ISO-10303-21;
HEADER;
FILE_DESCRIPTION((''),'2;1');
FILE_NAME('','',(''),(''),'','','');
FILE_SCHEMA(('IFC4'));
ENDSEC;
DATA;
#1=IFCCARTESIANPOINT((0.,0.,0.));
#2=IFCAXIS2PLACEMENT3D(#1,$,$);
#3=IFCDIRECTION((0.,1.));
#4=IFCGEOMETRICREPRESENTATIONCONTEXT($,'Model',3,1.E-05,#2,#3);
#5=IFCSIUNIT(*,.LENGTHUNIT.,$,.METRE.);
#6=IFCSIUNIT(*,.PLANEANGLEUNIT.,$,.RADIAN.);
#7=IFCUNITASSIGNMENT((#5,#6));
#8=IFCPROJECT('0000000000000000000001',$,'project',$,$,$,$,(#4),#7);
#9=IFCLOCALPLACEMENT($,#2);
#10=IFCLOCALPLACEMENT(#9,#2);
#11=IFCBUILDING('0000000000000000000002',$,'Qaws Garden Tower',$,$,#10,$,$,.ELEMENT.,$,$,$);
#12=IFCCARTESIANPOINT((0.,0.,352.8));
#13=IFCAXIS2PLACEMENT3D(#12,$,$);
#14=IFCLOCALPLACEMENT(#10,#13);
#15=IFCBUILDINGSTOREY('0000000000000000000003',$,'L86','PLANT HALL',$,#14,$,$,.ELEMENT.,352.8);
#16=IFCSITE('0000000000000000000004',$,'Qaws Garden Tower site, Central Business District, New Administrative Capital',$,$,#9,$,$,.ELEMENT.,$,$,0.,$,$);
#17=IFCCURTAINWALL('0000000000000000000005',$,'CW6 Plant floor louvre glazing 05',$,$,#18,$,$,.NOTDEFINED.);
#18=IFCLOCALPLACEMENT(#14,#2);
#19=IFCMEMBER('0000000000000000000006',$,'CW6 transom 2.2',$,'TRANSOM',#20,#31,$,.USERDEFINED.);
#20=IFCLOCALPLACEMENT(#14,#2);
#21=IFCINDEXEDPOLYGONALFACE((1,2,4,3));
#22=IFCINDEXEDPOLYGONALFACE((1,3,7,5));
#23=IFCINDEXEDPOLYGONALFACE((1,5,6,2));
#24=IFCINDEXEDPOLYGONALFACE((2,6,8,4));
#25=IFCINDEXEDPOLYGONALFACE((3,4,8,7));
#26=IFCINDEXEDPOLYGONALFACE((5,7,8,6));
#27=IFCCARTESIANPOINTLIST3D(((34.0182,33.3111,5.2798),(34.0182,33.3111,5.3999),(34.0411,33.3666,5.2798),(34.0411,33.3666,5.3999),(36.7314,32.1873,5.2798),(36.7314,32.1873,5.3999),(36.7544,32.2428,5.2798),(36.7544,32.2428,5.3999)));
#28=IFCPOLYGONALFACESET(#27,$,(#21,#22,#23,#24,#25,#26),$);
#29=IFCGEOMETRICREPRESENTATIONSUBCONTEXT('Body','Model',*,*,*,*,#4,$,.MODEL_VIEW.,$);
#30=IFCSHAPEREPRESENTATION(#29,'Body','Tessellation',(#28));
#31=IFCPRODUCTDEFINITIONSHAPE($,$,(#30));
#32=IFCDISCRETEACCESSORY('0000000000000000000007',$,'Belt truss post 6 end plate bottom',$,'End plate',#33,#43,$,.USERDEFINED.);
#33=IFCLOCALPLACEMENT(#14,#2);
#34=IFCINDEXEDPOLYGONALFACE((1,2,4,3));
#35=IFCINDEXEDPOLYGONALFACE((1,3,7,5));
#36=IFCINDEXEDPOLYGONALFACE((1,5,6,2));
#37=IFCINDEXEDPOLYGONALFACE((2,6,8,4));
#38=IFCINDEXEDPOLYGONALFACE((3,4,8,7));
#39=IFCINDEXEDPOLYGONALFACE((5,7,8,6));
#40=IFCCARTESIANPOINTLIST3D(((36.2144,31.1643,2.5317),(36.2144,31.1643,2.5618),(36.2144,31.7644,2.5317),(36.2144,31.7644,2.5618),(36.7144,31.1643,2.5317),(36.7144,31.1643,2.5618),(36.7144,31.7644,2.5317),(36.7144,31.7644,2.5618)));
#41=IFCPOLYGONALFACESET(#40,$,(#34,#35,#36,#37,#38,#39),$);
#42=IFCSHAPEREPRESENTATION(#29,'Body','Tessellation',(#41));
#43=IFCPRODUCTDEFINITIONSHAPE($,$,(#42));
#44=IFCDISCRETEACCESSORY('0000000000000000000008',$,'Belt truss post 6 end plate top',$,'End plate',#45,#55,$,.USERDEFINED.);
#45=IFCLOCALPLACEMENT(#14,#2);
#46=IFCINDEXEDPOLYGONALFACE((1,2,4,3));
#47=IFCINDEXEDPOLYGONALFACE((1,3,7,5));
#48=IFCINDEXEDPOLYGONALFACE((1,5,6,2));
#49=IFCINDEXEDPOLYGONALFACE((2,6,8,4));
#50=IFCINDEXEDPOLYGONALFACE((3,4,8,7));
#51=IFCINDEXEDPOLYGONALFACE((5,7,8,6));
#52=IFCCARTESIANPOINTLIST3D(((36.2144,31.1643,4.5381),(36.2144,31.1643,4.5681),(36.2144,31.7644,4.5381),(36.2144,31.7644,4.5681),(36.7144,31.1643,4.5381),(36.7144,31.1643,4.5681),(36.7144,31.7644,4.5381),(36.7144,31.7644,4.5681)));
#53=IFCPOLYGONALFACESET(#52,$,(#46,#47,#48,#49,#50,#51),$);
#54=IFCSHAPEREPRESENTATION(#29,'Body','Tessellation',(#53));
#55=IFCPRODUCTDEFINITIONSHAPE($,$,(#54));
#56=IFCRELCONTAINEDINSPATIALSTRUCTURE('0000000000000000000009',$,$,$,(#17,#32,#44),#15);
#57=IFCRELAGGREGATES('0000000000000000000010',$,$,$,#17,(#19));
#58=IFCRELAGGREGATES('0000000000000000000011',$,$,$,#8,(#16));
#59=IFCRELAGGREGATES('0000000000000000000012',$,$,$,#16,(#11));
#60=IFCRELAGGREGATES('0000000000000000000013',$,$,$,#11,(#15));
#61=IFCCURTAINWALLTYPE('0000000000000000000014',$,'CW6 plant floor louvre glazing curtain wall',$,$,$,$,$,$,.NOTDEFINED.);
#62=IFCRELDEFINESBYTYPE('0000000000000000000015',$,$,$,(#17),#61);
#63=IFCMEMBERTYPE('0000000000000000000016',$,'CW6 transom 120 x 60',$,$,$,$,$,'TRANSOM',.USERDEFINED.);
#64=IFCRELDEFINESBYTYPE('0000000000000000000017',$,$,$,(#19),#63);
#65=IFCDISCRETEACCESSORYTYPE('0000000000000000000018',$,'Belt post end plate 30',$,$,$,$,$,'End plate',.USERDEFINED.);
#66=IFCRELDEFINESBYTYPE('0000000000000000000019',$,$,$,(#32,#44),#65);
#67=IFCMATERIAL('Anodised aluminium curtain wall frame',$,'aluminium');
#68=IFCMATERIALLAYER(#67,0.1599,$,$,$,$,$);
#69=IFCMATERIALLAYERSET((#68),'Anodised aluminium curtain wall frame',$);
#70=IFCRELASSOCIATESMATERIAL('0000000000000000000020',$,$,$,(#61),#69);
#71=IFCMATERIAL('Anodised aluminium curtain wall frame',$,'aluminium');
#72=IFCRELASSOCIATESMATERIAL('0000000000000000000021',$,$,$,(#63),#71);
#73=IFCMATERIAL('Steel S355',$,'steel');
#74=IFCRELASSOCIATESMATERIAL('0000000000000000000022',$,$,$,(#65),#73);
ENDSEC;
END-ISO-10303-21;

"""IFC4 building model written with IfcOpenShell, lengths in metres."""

from ifc_helpers import new_model, si_unit, direction, frame, origin, origin_2d, place, context, subcontext, project, spatial, rectangle, extrude, material, layer, layer_set, material_profile, profile_set, type_object, element, aggregate, save


model = new_model("IFC4")

# Units and contexts
model_context = context("Model", 3, precision=1e-05, world=origin(), true_north=direction((0.0, 1.0)))
body_context = subcontext(model_context, "Body", "Model", "MODEL_VIEW")
ifc_project = project(units=[si_unit("LENGTHUNIT", "METRE"), si_unit("PLANEANGLEUNIT", "RADIAN")], contexts=[model_context])

# Site, building, storey
site_placement = place(None, origin())
site = spatial("IfcSite", under=ifc_project, at=site_placement, Name="Qaws Garden Tower site, Central Business District, New Administrative Capital", CompositionType="ELEMENT", RefElevation=0.0)
building_placement = place(site_placement, origin())
building = spatial("IfcBuilding", under=site, at=building_placement, Name="Qaws Garden Tower", CompositionType="ELEMENT")
storey_placement = place(building_placement, frame((0.0, 0.0, 352.8)))
storey = spatial("IfcBuildingStorey", under=building, at=storey_placement, Name="L86", Description="PLANT HALL", CompositionType="ELEMENT", Elevation=352.8)

# Curtain wall, member
ifc_material_1 = material(Name="Anodised aluminium curtain wall frame", Category="aluminium")
ifc_layer_1 = layer(ifc_material_1, 0.1599)
ifc_layer_set_1 = layer_set([ifc_layer_1], Name="Anodised aluminium curtain wall frame")
curtain_wall_type = type_object("IfcCurtainWallType", Name="CW6 plant floor louvre glazing curtain wall", PredefinedType="NOTDEFINED", material=ifc_layer_set_1)
placement_1 = place(storey_placement, origin())
curtain_wall_1 = element("IfcCurtainWall", 1, at=placement_1, inside=storey, type_object=curtain_wall_type, Name="CW6 Plant floor louvre glazing 05", PredefinedType="NOTDEFINED")
ifc_material_2 = material(Name="Anodised aluminium curtain wall frame", Category="aluminium")
ifc_material_profile_1 = material_profile(ifc_material_2, rectangle(XDim=0.0601, YDim=0.1201, at=origin_2d()), Name="AL 60x120")
ifc_profile_set_1 = profile_set([ifc_material_profile_1], Name="Anodised aluminium curtain wall frame")
member_type_1 = type_object("IfcMemberType", Name="CW6 transom 120 x 60", ElementType="TRANSOM", PredefinedType="USERDEFINED", material=ifc_profile_set_1)
member_1_placement = place(storey_placement, frame((36.7429, 32.2151, 5.3398), z_axis=(-0.923896, 0.382643, 0.0), x_axis=(-0.382643, -0.923896, 0.0)))
member_1 = element("IfcMember", 2, at=member_1_placement, type_object=member_type_1, Name="CW6 transom 2.2", ObjectType="TRANSOM", PredefinedType="USERDEFINED", context=body_context, shape_type="SweptSolid", body=[
    extrude(rectangle(XDim=0.0601, YDim=0.1201, at=origin_2d()), origin(), (0.0, 0.0, 1.0), 2.9368),
])

aggregate(curtain_wall_1, [member_1])

# Discrete accessories
ifc_material_3 = material(Name="Steel S355", Category="steel")
discrete_accessory_type = type_object("IfcDiscreteAccessoryType", Name="Belt post end plate 30", ElementType="End plate", PredefinedType="USERDEFINED", material=ifc_material_3)
for number, where, z_axis, x_axis, name in (
    (3, (36.4644, 31.4644, 2.5317), (0.0, 0.0, 1.0), (1.0, 0.0, 0.0), "Belt truss post 6 end plate bottom"),
    (4, (36.4644, 31.4644, 4.5381), (0.0, 0.0, 1.0), (1.0, 0.0, 0.0), "Belt truss post 6 end plate top"),
):
    element("IfcDiscreteAccessory", number, at=place(storey_placement, frame(where, z_axis=z_axis, x_axis=x_axis)), inside=storey, type_object=discrete_accessory_type, Name=name, ObjectType="End plate", PredefinedType="USERDEFINED", context=body_context, shape_type="SweptSolid", body=[
        extrude(rectangle(XDim=0.5, YDim=0.6001, at=origin_2d()), origin(), (0.0, 0.0, 1.0), 0.03),
    ])

save(model, "model.ifc")
